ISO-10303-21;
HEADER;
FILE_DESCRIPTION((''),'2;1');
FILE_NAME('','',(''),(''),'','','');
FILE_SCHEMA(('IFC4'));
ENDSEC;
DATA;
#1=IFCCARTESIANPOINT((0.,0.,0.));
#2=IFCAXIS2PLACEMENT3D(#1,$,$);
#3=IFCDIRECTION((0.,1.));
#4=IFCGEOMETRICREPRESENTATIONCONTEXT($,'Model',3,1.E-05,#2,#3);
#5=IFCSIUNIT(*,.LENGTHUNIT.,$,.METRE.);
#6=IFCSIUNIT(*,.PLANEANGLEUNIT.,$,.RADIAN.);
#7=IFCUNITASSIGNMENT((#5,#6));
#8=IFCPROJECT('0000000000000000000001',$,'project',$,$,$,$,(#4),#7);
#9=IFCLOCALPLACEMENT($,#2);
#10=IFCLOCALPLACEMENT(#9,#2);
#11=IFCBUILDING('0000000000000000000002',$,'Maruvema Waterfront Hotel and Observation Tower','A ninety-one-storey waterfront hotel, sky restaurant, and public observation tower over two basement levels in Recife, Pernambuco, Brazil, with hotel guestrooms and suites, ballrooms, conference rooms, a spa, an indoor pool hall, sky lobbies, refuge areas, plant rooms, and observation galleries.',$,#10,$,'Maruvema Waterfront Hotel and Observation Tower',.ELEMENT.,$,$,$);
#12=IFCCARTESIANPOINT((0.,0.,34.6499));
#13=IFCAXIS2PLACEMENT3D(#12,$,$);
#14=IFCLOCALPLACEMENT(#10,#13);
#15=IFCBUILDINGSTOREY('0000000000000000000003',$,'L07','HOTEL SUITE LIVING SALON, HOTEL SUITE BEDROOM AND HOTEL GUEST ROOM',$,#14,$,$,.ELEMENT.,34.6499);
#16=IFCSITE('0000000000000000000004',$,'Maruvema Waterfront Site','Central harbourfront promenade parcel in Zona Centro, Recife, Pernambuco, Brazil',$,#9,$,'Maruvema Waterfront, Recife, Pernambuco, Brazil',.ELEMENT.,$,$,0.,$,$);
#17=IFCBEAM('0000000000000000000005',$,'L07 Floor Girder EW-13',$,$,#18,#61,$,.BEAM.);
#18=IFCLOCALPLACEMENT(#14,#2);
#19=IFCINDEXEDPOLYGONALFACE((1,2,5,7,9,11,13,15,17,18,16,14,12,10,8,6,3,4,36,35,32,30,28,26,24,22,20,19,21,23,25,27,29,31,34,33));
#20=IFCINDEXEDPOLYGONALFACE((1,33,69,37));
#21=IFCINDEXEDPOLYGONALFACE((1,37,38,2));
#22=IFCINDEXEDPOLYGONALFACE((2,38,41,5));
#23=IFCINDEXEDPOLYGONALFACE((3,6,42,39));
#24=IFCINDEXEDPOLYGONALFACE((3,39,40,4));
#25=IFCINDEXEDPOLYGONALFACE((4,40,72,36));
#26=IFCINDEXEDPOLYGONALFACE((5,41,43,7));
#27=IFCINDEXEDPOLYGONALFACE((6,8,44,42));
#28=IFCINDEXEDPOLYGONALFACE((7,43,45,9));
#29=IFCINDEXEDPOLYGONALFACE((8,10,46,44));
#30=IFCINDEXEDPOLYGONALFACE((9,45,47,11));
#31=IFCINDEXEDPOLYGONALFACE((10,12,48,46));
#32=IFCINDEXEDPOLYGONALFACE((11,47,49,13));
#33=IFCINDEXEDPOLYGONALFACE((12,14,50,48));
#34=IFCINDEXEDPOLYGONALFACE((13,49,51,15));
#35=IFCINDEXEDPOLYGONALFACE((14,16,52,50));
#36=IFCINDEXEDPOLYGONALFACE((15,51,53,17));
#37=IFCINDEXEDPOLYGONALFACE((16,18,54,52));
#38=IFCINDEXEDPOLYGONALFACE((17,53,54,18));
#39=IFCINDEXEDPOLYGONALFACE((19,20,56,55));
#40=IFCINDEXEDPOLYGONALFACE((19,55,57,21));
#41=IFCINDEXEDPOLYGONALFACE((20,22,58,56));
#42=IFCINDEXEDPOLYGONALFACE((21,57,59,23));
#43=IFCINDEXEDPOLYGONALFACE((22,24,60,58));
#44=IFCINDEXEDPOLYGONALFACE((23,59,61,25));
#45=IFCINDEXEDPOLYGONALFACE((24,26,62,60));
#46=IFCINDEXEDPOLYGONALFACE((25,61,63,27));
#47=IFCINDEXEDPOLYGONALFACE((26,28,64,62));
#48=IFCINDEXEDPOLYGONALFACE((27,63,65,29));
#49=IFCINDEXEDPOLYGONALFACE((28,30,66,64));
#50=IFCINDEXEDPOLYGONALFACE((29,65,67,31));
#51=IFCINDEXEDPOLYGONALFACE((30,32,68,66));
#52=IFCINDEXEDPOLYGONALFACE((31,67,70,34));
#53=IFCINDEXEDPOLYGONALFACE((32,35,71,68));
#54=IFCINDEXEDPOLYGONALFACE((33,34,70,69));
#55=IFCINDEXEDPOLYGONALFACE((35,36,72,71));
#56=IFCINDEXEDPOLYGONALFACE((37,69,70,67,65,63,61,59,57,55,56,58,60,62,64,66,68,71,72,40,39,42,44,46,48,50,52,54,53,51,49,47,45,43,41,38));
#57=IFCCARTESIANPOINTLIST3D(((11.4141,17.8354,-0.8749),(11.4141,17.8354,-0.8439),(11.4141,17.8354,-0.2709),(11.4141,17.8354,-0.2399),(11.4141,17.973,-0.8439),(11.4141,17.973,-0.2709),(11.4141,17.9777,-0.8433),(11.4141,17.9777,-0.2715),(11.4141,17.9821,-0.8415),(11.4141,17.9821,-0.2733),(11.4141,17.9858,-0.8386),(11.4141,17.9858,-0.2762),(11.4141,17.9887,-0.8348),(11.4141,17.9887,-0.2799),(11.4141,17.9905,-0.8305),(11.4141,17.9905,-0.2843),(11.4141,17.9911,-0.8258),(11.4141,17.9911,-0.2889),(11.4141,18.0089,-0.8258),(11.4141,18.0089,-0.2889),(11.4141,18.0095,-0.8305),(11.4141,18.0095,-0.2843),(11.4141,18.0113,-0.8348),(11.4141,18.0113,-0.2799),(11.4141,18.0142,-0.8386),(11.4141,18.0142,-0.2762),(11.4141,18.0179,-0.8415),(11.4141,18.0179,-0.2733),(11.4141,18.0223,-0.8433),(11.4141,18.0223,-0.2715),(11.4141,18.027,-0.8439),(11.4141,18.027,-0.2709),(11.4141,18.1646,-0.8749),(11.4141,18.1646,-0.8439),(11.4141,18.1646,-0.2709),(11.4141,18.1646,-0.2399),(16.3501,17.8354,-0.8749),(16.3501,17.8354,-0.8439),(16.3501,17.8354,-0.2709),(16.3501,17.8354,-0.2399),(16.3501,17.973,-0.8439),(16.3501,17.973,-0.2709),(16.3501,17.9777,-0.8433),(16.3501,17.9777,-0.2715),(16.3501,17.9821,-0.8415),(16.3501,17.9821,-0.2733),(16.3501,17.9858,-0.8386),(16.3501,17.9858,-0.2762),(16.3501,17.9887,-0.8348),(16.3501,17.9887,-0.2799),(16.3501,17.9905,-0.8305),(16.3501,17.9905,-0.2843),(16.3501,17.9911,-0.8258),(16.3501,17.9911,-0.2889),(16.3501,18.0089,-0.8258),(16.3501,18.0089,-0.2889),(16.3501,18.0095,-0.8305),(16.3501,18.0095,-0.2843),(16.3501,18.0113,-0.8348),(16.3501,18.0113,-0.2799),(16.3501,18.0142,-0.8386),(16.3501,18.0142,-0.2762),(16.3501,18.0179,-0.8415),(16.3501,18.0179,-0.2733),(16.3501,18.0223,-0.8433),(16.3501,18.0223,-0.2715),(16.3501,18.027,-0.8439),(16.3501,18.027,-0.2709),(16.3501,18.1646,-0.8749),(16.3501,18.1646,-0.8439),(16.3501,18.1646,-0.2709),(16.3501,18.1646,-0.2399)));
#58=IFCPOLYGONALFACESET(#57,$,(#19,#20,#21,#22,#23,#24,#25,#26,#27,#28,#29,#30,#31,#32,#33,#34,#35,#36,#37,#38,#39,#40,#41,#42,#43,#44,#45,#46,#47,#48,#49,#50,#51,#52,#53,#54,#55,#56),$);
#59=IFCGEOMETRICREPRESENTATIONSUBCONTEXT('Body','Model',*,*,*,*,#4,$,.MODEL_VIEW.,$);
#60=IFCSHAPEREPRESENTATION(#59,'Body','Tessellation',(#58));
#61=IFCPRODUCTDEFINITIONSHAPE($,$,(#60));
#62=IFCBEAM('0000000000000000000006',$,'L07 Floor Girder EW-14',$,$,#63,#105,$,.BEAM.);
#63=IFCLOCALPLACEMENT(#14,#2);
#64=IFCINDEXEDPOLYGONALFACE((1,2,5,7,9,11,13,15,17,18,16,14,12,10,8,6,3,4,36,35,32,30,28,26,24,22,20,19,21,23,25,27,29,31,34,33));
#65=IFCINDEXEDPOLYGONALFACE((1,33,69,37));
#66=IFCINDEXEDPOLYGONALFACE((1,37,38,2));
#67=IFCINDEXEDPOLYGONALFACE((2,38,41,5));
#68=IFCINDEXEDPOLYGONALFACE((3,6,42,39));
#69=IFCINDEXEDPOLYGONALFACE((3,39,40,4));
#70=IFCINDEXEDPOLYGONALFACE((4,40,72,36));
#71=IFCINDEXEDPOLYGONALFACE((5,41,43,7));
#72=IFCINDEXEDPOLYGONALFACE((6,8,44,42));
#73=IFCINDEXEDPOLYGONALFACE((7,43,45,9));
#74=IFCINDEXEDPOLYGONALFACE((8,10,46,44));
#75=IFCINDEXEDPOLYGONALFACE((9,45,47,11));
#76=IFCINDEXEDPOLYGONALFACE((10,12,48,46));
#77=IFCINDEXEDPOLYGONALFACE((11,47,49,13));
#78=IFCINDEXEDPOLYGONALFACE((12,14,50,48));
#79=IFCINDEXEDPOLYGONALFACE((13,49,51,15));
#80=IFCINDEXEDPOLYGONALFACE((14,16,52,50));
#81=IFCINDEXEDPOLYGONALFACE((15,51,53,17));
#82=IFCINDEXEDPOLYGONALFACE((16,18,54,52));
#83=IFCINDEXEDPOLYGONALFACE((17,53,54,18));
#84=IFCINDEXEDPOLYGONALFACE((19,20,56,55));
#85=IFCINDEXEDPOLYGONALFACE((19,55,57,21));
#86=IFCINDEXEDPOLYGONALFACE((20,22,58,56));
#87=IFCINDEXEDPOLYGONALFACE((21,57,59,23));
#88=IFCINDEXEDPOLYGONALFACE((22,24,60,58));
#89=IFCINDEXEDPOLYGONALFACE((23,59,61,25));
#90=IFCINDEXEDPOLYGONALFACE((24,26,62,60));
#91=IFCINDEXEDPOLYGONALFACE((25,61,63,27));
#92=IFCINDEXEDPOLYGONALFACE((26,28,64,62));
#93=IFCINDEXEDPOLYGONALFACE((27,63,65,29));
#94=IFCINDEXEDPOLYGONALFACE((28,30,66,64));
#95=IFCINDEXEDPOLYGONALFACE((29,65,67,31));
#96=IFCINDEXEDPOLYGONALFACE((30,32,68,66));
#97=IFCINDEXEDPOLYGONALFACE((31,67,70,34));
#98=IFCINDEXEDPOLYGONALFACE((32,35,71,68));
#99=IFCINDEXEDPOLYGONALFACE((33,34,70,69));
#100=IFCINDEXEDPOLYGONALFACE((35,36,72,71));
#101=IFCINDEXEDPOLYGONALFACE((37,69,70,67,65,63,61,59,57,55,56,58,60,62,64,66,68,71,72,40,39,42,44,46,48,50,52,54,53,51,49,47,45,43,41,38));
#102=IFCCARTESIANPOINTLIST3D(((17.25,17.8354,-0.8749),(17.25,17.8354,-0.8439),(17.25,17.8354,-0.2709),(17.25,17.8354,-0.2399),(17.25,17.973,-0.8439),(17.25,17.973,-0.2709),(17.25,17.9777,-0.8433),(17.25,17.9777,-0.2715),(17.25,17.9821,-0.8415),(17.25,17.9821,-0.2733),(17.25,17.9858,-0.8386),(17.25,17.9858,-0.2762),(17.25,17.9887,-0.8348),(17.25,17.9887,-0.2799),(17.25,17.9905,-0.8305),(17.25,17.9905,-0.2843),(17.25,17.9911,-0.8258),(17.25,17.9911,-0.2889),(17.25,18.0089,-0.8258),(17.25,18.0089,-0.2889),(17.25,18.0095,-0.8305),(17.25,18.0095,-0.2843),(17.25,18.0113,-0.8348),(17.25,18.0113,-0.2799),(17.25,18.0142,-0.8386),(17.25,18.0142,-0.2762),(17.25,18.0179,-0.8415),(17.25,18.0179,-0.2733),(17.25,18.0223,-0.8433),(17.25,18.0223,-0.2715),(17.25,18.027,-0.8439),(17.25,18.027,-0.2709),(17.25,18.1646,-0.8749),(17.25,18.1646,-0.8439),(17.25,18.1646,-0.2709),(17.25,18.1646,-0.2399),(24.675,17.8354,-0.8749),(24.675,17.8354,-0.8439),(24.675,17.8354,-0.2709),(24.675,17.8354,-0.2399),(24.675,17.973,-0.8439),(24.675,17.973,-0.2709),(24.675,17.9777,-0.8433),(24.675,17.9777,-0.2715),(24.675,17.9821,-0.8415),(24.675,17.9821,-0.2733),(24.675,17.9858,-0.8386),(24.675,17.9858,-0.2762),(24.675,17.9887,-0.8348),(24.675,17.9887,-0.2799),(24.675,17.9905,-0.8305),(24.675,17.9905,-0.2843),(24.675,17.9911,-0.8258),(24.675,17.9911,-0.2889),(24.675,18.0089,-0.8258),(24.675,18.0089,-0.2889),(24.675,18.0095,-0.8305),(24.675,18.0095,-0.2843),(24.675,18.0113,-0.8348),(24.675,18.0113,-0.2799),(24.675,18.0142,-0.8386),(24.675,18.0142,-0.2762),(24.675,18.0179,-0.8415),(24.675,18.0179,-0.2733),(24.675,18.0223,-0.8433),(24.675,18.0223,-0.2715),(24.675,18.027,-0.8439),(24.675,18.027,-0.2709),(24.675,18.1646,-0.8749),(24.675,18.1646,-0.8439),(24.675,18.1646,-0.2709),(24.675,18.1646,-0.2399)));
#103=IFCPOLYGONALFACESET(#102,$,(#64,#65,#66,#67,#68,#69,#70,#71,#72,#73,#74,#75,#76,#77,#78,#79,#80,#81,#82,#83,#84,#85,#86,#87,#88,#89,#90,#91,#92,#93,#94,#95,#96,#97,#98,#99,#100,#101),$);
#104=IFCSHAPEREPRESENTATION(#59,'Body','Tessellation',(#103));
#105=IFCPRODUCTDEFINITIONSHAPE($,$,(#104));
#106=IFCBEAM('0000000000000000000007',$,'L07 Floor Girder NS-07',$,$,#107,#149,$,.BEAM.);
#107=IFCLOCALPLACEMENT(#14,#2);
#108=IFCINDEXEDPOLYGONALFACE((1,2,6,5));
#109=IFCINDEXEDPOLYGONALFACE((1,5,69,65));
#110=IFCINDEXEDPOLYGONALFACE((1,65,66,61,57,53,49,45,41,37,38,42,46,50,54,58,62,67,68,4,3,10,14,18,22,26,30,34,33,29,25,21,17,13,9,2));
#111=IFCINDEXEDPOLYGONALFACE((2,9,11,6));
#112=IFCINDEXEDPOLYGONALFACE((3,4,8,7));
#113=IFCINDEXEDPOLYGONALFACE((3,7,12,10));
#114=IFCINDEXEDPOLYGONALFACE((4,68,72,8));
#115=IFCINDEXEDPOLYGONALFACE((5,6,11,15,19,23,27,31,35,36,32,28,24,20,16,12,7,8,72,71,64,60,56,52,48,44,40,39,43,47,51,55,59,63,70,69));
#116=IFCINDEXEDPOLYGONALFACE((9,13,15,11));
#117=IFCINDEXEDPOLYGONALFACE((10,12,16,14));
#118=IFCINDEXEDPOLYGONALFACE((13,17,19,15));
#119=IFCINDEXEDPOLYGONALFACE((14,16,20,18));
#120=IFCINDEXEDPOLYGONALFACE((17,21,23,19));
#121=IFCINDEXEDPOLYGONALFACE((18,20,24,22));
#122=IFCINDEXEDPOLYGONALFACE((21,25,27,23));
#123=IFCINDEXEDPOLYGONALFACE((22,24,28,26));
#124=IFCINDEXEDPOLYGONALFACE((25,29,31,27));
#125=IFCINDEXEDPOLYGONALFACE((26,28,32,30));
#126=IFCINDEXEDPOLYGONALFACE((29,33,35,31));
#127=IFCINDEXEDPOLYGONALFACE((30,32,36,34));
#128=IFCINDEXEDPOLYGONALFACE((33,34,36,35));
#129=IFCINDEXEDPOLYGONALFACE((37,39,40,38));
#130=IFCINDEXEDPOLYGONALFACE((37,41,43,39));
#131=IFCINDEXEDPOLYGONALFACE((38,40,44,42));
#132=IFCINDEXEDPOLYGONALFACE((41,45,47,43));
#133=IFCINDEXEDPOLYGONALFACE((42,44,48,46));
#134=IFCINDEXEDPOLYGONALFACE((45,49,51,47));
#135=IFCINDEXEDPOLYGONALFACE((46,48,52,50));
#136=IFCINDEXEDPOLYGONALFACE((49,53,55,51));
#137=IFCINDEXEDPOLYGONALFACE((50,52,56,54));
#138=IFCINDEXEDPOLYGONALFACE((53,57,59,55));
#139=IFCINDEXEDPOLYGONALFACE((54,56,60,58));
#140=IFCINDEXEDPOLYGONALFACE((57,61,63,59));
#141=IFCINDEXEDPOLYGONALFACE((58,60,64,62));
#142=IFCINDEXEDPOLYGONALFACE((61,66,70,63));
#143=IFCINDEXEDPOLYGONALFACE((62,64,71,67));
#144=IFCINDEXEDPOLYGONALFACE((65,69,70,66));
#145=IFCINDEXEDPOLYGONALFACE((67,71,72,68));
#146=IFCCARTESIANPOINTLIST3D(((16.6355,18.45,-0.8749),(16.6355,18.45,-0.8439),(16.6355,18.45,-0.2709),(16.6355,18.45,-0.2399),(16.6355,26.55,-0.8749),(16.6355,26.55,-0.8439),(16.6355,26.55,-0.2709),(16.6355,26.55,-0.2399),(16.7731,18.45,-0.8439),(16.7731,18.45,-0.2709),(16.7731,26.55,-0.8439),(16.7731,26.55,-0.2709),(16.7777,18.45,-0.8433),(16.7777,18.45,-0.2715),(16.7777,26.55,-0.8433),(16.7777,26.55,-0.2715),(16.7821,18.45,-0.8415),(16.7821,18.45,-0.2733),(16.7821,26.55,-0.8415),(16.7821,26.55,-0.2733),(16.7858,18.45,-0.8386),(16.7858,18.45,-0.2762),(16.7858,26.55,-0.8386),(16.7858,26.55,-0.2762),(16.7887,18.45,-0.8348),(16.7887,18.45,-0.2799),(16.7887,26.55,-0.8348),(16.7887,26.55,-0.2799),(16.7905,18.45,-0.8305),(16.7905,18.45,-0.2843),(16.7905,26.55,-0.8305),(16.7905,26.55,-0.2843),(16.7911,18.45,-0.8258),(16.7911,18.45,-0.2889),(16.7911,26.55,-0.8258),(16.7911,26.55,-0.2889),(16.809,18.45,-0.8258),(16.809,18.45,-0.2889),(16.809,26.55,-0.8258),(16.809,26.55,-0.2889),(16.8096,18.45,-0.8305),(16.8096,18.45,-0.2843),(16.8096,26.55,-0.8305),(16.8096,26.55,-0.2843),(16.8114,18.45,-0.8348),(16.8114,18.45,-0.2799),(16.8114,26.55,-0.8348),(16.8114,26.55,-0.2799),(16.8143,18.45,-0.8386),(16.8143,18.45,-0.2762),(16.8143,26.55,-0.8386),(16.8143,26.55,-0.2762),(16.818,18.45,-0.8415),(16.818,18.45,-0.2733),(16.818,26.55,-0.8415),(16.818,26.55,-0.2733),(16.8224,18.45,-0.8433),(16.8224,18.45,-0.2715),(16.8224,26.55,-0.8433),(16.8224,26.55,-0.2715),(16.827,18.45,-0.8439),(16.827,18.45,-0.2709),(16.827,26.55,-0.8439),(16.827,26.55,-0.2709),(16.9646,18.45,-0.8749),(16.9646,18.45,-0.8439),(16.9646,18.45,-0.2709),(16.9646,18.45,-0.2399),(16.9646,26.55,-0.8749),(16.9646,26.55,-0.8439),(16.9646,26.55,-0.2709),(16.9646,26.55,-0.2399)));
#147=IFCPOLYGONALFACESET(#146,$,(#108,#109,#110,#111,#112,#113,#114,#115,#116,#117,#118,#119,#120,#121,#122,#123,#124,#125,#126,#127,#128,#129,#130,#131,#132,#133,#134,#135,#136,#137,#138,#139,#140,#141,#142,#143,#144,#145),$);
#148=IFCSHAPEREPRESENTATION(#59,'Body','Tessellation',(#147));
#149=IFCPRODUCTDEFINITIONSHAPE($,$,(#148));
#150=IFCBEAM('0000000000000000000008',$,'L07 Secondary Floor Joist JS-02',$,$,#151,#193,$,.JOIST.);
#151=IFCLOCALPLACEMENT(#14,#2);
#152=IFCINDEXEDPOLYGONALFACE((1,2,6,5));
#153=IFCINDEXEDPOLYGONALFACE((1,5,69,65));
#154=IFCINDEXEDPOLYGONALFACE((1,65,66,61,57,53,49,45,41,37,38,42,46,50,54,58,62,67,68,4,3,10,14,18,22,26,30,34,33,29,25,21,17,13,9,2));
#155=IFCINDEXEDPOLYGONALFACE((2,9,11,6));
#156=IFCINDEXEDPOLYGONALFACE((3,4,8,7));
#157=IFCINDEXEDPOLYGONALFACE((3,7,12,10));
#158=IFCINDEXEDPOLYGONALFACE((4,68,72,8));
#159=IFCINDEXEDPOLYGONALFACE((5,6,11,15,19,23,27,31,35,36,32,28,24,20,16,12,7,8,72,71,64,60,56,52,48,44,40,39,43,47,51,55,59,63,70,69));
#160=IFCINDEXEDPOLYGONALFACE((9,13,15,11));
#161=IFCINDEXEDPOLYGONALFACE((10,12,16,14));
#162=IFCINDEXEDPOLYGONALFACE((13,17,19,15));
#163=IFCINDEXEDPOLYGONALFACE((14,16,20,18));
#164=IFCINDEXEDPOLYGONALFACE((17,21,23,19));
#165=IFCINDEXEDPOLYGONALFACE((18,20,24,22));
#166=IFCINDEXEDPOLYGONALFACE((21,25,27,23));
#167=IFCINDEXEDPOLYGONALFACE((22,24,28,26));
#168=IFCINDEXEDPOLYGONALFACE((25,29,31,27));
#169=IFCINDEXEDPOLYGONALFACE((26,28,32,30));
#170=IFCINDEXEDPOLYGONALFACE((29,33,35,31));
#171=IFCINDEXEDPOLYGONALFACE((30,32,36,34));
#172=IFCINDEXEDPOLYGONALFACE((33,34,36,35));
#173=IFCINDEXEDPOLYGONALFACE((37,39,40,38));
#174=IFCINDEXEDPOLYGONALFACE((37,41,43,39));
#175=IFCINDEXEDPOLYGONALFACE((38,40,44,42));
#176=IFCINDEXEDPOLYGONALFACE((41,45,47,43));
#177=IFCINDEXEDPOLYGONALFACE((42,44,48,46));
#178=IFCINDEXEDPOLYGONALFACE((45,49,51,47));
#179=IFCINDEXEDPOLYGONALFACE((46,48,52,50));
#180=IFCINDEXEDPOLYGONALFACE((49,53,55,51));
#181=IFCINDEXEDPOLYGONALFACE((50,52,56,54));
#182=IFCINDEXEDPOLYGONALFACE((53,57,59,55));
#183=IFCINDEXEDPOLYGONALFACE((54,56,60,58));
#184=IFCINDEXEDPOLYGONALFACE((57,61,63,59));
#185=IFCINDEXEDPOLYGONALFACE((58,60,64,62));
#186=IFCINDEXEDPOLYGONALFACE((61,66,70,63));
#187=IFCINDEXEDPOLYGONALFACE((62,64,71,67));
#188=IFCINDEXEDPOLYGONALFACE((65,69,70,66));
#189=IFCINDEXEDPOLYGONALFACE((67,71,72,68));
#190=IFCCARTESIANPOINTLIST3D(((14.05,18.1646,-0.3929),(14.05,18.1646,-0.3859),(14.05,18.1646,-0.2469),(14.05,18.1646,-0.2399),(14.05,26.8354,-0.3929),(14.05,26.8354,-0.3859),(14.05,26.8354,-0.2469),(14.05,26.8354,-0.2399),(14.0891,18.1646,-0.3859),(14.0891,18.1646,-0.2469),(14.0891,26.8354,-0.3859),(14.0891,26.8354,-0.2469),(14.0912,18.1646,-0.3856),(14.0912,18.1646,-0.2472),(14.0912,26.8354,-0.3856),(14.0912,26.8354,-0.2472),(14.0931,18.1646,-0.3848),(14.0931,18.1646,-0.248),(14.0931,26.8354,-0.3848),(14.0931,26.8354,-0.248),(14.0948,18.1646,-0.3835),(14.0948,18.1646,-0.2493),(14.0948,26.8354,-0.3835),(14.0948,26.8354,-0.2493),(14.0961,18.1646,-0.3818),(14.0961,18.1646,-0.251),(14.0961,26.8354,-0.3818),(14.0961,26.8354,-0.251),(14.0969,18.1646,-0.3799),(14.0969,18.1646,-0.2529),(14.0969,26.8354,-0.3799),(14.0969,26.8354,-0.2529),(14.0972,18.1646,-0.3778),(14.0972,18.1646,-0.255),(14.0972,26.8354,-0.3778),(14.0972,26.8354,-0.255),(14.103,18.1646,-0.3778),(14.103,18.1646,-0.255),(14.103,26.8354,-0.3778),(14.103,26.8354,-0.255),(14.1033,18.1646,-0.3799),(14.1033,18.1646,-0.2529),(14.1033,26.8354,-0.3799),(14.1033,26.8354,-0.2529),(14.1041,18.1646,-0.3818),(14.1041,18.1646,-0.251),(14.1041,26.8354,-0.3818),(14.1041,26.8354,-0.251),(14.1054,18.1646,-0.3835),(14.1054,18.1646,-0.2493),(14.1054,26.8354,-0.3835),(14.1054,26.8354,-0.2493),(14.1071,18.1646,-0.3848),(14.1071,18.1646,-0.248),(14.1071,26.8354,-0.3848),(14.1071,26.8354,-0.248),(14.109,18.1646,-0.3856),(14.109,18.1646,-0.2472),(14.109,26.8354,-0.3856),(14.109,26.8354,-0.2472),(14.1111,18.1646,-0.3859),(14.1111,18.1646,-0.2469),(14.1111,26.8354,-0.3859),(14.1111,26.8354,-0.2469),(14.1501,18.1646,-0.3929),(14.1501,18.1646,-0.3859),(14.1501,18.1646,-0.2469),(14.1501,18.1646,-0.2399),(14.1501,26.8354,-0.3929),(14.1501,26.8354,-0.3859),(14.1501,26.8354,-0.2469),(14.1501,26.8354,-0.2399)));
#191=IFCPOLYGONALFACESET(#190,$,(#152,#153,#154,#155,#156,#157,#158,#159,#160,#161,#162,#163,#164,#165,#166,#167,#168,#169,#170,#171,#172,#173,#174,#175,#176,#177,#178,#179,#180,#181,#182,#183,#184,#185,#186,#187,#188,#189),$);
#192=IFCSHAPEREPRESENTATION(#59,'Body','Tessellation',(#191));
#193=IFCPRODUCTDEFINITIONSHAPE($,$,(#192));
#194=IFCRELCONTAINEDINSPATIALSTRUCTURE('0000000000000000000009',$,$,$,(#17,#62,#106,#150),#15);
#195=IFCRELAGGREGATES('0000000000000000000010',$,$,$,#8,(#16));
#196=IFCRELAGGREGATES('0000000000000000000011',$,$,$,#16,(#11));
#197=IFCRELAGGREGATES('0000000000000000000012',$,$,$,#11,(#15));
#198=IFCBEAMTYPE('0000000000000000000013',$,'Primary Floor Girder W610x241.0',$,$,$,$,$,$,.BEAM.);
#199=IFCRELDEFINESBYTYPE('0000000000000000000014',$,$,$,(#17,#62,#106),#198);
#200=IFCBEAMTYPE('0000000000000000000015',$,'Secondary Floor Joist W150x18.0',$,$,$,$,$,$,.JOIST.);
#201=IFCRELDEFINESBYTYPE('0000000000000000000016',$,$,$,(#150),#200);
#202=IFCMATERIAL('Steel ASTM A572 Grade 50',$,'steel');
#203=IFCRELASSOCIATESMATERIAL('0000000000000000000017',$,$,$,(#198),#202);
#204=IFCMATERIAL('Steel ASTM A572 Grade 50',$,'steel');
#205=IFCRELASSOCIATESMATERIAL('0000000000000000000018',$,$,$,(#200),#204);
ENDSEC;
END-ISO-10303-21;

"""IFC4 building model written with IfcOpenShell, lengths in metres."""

from ifc_helpers import new_model, si_unit, direction, frame, origin, origin_2d, place, context, subcontext, project, spatial, i_section, extrude, material, material_profile, profile_set, type_object, element, save


model = new_model("IFC4")

# Units and contexts
model_context = context("Model", 3, precision=1e-05, world=origin(), true_north=direction((0.0, 1.0)))
body_context = subcontext(model_context, "Body", "Model", "MODEL_VIEW")
ifc_project = project(units=[si_unit("LENGTHUNIT", "METRE"), si_unit("PLANEANGLEUNIT", "RADIAN")], contexts=[model_context])

# Site, building, storey
site_placement = place(None, origin())
site = spatial("IfcSite", under=ifc_project, at=site_placement, Name="Maruvema Waterfront Site", Description="Central harbourfront promenade parcel in Zona Centro, Recife, Pernambuco, Brazil", LongName="Maruvema Waterfront, Recife, Pernambuco, Brazil", CompositionType="ELEMENT", RefElevation=0.0)
building_placement = place(site_placement, origin())
building = spatial("IfcBuilding", under=site, at=building_placement, Name="Maruvema Waterfront Hotel and Observation Tower", Description="A ninety-one-storey waterfront hotel, sky restaurant, and public observation tower over two basement levels in Recife, Pernambuco, Brazil, with hotel guestrooms and suites, ballrooms, conference rooms, a spa, an indoor pool hall, sky lobbies, refuge areas, plant rooms, and observation galleries.", LongName="Maruvema Waterfront Hotel and Observation Tower", CompositionType="ELEMENT")
storey_placement = place(building_placement, frame((0.0, 0.0, 34.6499)))
storey = spatial("IfcBuildingStorey", under=building, at=storey_placement, Name="L07", Description="HOTEL SUITE LIVING SALON, HOTEL SUITE BEDROOM AND HOTEL GUEST ROOM", CompositionType="ELEMENT", Elevation=34.6499)

# Beams
ifc_material_1 = material(Name="Steel ASTM A572 Grade 50", Category="steel")
ifc_material_profile_1 = material_profile(ifc_material_1, i_section(OverallWidth=0.3291, OverallDepth=0.635, WebThickness=0.0178, FlangeThickness=0.031, FilletRadius=0.0181, at=origin_2d()), Name="W610x241.0")
ifc_profile_set_1 = profile_set([ifc_material_profile_1], Name="Steel ASTM A572 Grade 50")
beam_type_1 = type_object("IfcBeamType", Name="Primary Floor Girder W610x241.0", PredefinedType="BEAM", material=ifc_profile_set_1)
beam_1_placement = place(storey_placement, frame((11.4141, 18.0, -0.5574), z_axis=(1.0, 0.0, 0.0), x_axis=(0.0, 1.0, 0.0)))
element("IfcBeam", 1, at=beam_1_placement, inside=storey, type_object=beam_type_1, Name="L07 Floor Girder EW-13", PredefinedType="BEAM", context=body_context, shape_type="SweptSolid", body=[
    extrude(i_section(OverallWidth=0.3291, OverallDepth=0.635, WebThickness=0.0178, FlangeThickness=0.031, FilletRadius=0.0181, at=origin_2d()), origin(), (0.0, 0.0, 1.0), 4.936),
])
beam_2_placement = place(storey_placement, frame((17.25, 18.0, -0.5574), z_axis=(1.0, 0.0, 0.0), x_axis=(0.0, 1.0, 0.0)))
element("IfcBeam", 2, at=beam_2_placement, inside=storey, type_object=beam_type_1, Name="L07 Floor Girder EW-14", PredefinedType="BEAM", context=body_context, shape_type="SweptSolid", body=[
    extrude(i_section(OverallWidth=0.3291, OverallDepth=0.635, WebThickness=0.0178, FlangeThickness=0.031, FilletRadius=0.0181, at=origin_2d()), origin(), (0.0, 0.0, 1.0), 7.425),
])
beam_3_placement = place(storey_placement, frame((16.8, 18.45, -0.5574), z_axis=(0.0, 1.0, 0.0), x_axis=(-1.0, 0.0, 0.0)))
element("IfcBeam", 3, at=beam_3_placement, inside=storey, type_object=beam_type_1, Name="L07 Floor Girder NS-07", PredefinedType="BEAM", context=body_context, shape_type="SweptSolid", body=[
    extrude(i_section(OverallWidth=0.3291, OverallDepth=0.635, WebThickness=0.0178, FlangeThickness=0.031, FilletRadius=0.0181, at=origin_2d()), origin(), (0.0, 0.0, 1.0), 8.1001),
])
ifc_material_2 = material(Name="Steel ASTM A572 Grade 50", Category="steel")
ifc_material_profile_2 = material_profile(ifc_material_2, i_section(OverallWidth=0.1001, OverallDepth=0.1531, WebThickness=0.0059, FlangeThickness=0.0071, FilletRadius=0.0081, at=origin_2d()), Name="W150x18.0")
ifc_profile_set_2 = profile_set([ifc_material_profile_2], Name="Steel ASTM A572 Grade 50")
beam_type_2 = type_object("IfcBeamType", Name="Secondary Floor Joist W150x18.0", PredefinedType="JOIST", material=ifc_profile_set_2)
beam_4_placement = place(storey_placement, frame((14.1001, 18.1646, -0.3164), z_axis=(0.0, 1.0, 0.0), x_axis=(-1.0, 0.0, 0.0)))
element("IfcBeam", 4, at=beam_4_placement, inside=storey, type_object=beam_type_2, Name="L07 Secondary Floor Joist JS-02", PredefinedType="JOIST", context=body_context, shape_type="SweptSolid", body=[
    extrude(i_section(OverallWidth=0.1001, OverallDepth=0.1531, WebThickness=0.0059, FlangeThickness=0.0071, FilletRadius=0.0081, at=origin_2d()), origin(), (0.0, 0.0, 1.0), 8.6709),
])

save(model, "model.ifc")
